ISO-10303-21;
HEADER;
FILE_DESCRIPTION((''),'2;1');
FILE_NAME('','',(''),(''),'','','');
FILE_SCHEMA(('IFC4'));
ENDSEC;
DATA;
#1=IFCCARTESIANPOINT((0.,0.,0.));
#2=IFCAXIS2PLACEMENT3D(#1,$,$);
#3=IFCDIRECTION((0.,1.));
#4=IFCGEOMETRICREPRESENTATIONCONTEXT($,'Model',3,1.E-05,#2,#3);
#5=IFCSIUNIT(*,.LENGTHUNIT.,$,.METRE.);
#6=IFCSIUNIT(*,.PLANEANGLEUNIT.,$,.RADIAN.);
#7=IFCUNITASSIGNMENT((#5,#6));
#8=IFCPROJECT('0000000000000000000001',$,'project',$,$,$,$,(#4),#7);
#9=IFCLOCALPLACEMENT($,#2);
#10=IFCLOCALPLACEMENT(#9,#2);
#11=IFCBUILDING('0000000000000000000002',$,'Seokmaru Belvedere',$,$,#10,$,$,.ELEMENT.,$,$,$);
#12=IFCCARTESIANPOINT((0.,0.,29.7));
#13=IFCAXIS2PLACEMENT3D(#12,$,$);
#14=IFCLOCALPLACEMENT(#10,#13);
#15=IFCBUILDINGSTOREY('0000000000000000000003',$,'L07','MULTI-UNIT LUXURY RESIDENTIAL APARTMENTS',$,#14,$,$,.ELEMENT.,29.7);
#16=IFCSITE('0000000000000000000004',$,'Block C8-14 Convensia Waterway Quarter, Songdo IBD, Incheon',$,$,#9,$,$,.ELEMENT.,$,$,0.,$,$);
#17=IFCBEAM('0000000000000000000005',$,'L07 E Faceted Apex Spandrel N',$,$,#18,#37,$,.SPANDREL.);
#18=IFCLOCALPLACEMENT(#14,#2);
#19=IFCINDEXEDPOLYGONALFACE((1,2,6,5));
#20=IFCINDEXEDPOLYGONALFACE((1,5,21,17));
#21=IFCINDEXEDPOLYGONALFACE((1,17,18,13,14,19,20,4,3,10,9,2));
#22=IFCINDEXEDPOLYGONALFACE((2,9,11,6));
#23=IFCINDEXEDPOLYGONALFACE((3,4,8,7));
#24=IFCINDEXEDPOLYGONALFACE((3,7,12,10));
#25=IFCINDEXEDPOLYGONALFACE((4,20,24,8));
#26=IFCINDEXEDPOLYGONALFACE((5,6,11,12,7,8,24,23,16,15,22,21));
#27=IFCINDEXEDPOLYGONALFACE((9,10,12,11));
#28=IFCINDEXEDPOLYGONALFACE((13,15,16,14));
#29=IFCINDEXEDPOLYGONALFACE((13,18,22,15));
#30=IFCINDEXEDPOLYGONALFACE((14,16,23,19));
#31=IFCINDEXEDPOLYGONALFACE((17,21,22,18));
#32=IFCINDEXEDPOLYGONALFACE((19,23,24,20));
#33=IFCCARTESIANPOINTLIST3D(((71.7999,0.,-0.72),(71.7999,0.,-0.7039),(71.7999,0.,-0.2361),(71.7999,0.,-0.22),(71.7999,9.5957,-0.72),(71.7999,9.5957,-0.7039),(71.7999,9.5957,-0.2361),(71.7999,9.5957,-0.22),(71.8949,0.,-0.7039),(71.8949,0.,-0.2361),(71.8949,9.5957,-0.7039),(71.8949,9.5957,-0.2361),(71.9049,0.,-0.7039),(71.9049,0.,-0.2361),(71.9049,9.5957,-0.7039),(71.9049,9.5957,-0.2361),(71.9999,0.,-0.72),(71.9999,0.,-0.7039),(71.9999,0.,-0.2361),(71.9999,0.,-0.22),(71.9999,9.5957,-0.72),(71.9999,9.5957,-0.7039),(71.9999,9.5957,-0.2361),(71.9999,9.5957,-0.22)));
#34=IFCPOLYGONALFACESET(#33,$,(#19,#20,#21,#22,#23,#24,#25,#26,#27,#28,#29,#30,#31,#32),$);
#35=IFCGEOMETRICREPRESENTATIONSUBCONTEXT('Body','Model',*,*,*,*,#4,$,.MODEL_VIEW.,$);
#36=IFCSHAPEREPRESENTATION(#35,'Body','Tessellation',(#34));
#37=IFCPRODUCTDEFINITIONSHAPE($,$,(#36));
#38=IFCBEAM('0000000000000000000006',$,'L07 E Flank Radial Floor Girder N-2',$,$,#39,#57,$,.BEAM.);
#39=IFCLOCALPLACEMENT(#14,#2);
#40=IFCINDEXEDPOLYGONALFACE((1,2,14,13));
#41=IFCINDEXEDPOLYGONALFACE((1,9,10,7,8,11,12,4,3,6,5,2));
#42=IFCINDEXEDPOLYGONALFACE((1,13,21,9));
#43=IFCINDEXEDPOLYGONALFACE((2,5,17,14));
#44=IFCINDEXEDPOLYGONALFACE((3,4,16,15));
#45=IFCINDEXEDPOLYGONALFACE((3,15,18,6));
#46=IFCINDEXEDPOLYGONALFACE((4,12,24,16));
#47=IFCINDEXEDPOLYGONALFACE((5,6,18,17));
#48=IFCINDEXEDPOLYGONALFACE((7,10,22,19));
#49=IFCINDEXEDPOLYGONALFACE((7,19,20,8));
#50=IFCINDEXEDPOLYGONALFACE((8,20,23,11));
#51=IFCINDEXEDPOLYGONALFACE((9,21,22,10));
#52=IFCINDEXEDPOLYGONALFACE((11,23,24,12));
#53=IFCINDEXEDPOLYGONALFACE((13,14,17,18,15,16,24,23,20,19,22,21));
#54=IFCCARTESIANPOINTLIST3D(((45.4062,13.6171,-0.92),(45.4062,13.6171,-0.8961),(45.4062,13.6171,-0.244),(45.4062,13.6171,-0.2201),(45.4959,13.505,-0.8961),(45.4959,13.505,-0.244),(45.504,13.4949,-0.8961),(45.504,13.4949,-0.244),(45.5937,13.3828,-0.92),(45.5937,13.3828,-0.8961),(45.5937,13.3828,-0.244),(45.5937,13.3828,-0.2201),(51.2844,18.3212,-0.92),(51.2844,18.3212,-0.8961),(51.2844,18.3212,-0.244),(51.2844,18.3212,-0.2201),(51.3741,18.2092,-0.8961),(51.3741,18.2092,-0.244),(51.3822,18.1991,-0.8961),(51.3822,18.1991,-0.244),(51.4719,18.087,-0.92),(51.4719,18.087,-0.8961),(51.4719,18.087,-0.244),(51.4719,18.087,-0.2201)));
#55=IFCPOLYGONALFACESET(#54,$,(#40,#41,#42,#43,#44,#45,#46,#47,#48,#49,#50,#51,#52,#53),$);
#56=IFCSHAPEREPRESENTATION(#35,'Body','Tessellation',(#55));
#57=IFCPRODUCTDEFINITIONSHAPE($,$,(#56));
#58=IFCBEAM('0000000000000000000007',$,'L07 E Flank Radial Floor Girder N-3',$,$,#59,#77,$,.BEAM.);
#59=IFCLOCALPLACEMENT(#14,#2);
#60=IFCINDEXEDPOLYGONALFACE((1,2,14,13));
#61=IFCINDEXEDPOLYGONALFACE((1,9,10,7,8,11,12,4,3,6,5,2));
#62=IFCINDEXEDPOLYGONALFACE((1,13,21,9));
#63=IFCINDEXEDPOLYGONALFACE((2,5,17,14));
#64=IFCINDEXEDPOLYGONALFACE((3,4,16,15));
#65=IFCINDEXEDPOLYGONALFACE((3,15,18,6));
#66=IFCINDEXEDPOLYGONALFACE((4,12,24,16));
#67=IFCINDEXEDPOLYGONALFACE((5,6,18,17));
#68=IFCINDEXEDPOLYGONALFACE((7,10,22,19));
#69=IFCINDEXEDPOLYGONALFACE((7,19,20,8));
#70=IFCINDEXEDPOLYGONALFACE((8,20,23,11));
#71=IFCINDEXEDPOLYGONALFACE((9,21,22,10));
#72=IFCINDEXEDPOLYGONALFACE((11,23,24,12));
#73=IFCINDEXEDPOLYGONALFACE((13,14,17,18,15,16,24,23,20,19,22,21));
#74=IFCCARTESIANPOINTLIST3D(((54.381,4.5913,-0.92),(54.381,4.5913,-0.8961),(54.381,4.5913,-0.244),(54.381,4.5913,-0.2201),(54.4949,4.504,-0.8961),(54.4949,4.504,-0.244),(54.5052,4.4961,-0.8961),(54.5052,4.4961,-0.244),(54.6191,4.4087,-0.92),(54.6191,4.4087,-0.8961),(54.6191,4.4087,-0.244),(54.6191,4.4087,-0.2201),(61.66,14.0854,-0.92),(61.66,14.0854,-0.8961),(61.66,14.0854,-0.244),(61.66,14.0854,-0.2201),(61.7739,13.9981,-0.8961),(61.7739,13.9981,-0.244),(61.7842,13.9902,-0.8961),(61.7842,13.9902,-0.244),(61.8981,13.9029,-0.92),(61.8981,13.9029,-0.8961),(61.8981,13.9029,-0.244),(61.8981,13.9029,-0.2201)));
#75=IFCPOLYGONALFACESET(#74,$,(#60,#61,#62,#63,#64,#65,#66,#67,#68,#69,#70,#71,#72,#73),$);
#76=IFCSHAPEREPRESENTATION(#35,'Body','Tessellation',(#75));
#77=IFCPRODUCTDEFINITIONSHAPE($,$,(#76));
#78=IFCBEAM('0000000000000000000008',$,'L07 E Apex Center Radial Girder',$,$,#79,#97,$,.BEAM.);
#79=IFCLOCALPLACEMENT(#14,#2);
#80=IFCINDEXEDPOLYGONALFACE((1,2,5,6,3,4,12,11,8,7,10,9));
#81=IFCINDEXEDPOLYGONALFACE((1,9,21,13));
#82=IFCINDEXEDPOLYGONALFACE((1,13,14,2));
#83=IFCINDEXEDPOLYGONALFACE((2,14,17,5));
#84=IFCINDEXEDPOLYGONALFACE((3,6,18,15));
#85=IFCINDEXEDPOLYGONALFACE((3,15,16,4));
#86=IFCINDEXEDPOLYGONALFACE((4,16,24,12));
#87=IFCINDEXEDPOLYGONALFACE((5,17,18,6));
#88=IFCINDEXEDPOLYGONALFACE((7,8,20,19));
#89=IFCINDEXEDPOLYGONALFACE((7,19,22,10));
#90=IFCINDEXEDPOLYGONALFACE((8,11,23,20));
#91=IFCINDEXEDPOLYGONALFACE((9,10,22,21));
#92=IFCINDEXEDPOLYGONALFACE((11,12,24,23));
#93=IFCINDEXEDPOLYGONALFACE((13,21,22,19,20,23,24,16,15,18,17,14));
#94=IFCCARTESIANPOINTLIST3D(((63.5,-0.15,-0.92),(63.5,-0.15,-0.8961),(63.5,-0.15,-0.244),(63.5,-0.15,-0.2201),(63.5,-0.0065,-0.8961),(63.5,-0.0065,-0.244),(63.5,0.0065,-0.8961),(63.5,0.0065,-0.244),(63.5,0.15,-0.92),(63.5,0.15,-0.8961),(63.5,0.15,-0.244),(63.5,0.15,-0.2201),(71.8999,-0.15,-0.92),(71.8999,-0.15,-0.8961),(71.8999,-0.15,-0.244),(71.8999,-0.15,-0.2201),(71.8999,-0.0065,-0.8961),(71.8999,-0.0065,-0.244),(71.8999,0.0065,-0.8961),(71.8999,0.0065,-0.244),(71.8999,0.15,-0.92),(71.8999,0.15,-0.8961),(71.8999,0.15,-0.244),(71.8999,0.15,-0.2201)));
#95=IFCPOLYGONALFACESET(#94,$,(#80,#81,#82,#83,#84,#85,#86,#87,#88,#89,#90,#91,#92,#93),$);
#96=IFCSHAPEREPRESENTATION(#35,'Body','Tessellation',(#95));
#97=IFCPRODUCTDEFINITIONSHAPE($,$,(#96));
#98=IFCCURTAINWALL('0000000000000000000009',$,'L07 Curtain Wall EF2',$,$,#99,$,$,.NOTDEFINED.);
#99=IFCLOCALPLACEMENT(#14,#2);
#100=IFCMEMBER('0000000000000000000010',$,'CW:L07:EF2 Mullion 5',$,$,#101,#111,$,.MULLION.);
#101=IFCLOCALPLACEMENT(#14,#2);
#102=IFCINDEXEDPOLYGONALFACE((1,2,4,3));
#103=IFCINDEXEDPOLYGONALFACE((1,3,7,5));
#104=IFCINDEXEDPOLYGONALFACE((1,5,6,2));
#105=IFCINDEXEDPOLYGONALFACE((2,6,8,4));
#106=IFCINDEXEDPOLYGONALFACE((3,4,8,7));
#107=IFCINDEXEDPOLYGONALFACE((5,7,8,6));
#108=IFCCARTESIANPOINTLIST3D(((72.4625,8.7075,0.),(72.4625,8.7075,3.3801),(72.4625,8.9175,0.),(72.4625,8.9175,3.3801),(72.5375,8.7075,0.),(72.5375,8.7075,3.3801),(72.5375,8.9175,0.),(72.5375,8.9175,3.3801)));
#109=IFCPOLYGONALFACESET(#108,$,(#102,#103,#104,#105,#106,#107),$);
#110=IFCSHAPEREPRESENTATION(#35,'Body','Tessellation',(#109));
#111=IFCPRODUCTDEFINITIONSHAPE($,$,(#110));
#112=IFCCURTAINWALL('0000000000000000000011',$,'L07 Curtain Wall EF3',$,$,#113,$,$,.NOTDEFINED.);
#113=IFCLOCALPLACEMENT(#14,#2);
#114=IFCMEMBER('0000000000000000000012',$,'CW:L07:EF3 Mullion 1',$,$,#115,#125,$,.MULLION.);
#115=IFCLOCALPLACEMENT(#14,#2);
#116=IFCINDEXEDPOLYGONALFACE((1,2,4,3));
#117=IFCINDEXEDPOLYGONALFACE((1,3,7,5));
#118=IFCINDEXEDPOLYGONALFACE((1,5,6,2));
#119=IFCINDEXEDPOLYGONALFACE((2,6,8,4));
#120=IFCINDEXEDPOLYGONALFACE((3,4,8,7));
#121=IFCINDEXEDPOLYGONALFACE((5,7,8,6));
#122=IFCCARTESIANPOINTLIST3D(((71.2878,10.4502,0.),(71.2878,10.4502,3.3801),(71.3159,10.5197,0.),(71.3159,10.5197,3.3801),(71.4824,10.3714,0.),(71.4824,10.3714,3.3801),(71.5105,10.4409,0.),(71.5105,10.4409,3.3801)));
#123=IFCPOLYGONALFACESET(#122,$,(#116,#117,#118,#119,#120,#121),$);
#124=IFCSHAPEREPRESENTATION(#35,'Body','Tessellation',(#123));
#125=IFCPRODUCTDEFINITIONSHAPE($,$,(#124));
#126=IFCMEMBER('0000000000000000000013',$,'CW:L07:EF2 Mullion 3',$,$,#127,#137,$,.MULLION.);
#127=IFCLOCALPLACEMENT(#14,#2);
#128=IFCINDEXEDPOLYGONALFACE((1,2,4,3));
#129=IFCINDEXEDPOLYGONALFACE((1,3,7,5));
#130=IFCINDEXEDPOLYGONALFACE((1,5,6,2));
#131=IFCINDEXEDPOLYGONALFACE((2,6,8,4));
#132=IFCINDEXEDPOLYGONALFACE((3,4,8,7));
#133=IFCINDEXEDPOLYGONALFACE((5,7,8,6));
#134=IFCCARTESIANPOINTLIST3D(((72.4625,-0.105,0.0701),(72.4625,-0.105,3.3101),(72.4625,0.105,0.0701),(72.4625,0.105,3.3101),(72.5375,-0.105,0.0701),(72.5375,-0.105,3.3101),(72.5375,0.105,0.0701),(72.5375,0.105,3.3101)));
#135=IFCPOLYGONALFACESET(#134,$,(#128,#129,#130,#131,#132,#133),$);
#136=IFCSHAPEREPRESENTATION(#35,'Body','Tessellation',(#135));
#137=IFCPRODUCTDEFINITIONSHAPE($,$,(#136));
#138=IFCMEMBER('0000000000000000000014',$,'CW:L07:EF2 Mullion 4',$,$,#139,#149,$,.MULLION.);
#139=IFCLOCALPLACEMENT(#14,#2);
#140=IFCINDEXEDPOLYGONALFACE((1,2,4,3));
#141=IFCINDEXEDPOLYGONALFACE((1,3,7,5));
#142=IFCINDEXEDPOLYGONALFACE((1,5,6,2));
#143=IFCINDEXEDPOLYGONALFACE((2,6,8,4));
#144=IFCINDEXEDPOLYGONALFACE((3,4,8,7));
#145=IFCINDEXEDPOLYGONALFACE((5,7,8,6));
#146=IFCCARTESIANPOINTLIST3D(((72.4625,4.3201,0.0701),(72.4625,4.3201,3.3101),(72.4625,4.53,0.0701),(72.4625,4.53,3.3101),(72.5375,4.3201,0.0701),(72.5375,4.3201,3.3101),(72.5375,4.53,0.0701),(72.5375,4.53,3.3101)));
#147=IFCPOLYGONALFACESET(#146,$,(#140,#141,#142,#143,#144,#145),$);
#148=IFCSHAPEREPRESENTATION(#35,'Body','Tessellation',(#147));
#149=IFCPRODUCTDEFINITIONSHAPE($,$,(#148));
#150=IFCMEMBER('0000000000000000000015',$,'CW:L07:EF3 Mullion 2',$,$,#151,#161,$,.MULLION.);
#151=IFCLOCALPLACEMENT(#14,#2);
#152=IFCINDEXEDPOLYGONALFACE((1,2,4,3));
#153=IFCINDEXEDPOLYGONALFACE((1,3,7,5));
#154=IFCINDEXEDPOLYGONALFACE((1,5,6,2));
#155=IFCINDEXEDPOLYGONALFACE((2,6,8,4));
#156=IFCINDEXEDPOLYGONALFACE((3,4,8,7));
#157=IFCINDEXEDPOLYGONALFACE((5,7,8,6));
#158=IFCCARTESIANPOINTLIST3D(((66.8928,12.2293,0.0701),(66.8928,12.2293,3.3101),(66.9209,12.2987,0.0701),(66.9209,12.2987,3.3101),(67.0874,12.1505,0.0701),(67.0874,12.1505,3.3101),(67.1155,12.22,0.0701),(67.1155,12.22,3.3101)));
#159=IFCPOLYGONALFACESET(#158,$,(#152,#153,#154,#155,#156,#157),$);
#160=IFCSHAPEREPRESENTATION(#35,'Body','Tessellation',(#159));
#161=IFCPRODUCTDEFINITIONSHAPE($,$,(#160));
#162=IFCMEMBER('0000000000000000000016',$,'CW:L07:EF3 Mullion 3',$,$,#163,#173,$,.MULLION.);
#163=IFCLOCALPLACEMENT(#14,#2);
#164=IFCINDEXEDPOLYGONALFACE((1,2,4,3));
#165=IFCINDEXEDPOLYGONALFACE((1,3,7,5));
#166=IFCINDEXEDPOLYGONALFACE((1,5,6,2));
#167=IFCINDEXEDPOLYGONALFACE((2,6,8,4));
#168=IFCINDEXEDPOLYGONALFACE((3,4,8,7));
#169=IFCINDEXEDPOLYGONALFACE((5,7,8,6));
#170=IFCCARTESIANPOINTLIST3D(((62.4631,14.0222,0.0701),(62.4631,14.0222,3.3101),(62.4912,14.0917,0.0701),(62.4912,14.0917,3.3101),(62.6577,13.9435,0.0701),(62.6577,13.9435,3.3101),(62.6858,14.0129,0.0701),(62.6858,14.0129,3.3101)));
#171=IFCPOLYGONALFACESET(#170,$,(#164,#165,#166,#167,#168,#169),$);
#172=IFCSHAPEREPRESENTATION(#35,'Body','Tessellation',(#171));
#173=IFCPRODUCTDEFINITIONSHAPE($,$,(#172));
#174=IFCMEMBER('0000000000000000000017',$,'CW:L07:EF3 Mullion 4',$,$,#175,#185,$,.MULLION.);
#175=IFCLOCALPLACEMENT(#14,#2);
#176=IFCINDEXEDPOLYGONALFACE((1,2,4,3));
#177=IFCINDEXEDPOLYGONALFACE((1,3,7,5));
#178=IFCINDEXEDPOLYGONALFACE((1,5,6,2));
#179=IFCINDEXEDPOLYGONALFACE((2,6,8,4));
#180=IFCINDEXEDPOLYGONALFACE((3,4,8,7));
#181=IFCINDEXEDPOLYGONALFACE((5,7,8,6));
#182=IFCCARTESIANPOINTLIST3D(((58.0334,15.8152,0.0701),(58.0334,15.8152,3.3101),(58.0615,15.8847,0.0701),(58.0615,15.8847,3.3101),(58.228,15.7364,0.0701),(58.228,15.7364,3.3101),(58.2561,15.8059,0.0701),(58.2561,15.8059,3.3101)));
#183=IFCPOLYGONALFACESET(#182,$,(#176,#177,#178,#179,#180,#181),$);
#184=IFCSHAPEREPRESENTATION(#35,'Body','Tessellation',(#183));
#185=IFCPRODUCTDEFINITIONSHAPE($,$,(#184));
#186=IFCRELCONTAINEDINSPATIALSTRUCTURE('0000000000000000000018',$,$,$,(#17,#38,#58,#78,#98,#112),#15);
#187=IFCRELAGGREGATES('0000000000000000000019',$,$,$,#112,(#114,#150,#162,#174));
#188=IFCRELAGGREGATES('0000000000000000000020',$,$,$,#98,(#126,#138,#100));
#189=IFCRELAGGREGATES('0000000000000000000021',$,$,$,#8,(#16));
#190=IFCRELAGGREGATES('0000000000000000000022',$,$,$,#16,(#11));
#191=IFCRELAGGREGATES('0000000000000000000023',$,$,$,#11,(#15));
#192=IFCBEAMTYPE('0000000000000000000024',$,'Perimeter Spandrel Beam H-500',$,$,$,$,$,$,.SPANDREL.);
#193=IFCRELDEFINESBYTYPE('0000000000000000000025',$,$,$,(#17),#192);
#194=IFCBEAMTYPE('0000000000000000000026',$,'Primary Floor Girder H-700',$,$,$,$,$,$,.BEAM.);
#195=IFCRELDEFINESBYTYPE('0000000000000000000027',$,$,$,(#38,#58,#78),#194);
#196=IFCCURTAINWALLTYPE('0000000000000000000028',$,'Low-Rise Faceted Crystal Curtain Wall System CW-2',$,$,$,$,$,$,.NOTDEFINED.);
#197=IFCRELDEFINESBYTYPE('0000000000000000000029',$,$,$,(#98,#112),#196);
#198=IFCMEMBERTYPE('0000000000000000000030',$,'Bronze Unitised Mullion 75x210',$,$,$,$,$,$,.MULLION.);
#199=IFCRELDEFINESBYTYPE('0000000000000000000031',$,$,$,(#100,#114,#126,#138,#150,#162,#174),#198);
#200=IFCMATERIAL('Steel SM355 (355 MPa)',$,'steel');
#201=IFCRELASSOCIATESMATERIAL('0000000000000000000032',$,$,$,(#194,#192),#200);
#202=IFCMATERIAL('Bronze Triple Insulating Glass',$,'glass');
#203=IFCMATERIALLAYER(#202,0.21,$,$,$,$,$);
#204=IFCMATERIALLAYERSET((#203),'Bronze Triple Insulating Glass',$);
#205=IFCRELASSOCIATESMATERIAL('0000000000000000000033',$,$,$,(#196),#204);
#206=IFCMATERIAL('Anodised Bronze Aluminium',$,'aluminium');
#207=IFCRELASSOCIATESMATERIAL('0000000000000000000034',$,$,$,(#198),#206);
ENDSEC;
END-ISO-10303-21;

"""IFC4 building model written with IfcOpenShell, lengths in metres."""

from ifc_helpers import new_model, si_unit, direction, frame, origin, origin_2d, place, context, subcontext, project, spatial, rectangle, i_section, extrude, source, transform, mapped, material, layer, layer_set, material_profile, profile_set, type_object, type_shapes, element, aggregate, save


model = new_model("IFC4")

# Units and contexts
model_context = context("Model", 3, precision=1e-05, world=origin(), true_north=direction((0.0, 1.0)))
body_context = subcontext(model_context, "Body", "Model", "MODEL_VIEW")
ifc_project = project(units=[si_unit("LENGTHUNIT", "METRE"), si_unit("PLANEANGLEUNIT", "RADIAN")], contexts=[model_context])

# Site, building, storey
site_placement = place(None, origin())
site = spatial("IfcSite", under=ifc_project, at=site_placement, Name="Block C8-14 Convensia Waterway Quarter, Songdo IBD, Incheon", CompositionType="ELEMENT", RefElevation=0.0)
building_placement = place(site_placement, origin())
building = spatial("IfcBuilding", under=site, at=building_placement, Name="Seokmaru Belvedere", CompositionType="ELEMENT")
storey_placement = place(building_placement, frame((0.0, 0.0, 29.7)))
storey = spatial("IfcBuildingStorey", under=building, at=storey_placement, Name="L07", Description="MULTI-UNIT LUXURY RESIDENTIAL APARTMENTS", CompositionType="ELEMENT", Elevation=29.7)

# Shared definitions
ifc_material_1 = material(Name="Steel SM355 (355 MPa)", Category="steel")

# Beams
ifc_material_profile_1 = material_profile(ifc_material_1, i_section(OverallWidth=0.3, OverallDepth=0.7, WebThickness=0.0129, FlangeThickness=0.0239, at=origin_2d()), Name="H-700x300x13x24")
ifc_profile_set_1 = profile_set([ifc_material_profile_1], Name="Steel SM355 (355 MPa)")
beam_type_1 = type_object("IfcBeamType", Name="Primary Floor Girder H-700", PredefinedType="BEAM", material=ifc_profile_set_1)
ifc_material_profile_2 = material_profile(ifc_material_1, i_section(OverallWidth=0.2, OverallDepth=0.5, WebThickness=0.01, FlangeThickness=0.0161, at=origin_2d()), Name="H-500x200x10x16")
ifc_profile_set_2 = profile_set([ifc_material_profile_2], Name="Steel SM355 (355 MPa)")
beam_type_2 = type_object("IfcBeamType", Name="Perimeter Spandrel Beam H-500", PredefinedType="SPANDREL", material=ifc_profile_set_2)
shared_shape_1 = source(origin(), body_context, "Body", "SweptSolid", [
    extrude(i_section(OverallWidth=0.2, OverallDepth=0.5, WebThickness=0.01, FlangeThickness=0.0161, at=origin_2d()), origin(), (0.0, 0.0, 1.0), 9.5957),
])
beam_1_placement = place(storey_placement, frame((71.8999, 0.0, -0.47), z_axis=(0.0, 1.0, 0.0), x_axis=(-1.0, 0.0, 0.0)))
element("IfcBeam", 1, at=beam_1_placement, inside=storey, type_object=beam_type_2, Name="L07 E Faceted Apex Spandrel N", PredefinedType="SPANDREL", context=body_context, shape_type="MappedRepresentation", body=[
    mapped(shared_shape_1, transform((0.0, 0.0, 0.0), scale=1.0)),
])
shared_shape_2 = source(origin(), body_context, "Body", "SweptSolid", [
    extrude(i_section(OverallWidth=0.3, OverallDepth=0.7, WebThickness=0.0129, FlangeThickness=0.0239, at=origin_2d()), origin(), (0.0, 0.0, 1.0), 7.5288),
])
beam_2_placement = place(storey_placement, frame((51.3782, 18.2041, -0.5701), z_axis=(-0.780768, -0.624822, 0.0), x_axis=(0.624822, -0.780768, 0.0)))
element("IfcBeam", 2, at=beam_2_placement, inside=storey, type_object=beam_type_1, Name="L07 E Flank Radial Floor Girder N-2", PredefinedType="BEAM", context=body_context, shape_type="MappedRepresentation", body=[
    mapped(shared_shape_2, transform((0.0, 0.0, 0.0), scale=1.0)),
])
shared_shape_3 = source(origin(), body_context, "Body", "SweptSolid", [
    extrude(i_section(OverallWidth=0.3, OverallDepth=0.7, WebThickness=0.0129, FlangeThickness=0.0239, at=origin_2d()), origin(), (0.0, 0.0, 1.0), 11.9634),
])
beam_3_placement = place(storey_placement, frame((61.7791, 13.9941, -0.5701), z_axis=(-0.608443, -0.793598, 0.0), x_axis=(0.793598, -0.608443, 0.0)))
element("IfcBeam", 3, at=beam_3_placement, inside=storey, type_object=beam_type_1, Name="L07 E Flank Radial Floor Girder N-3", PredefinedType="BEAM", context=body_context, shape_type="MappedRepresentation", body=[
    mapped(shared_shape_3, transform((0.0, 0.0, 0.0), scale=1.0)),
])
shared_shape_4 = source(origin(), body_context, "Body", "SweptSolid", [
    extrude(i_section(OverallWidth=0.3, OverallDepth=0.7, WebThickness=0.0129, FlangeThickness=0.0239, at=origin_2d()), origin(), (0.0, 0.0, 1.0), 8.3999),
])
beam_4_placement = place(storey_placement, frame((71.8999, 0.0, -0.5701), z_axis=(-1.0, 0.0, 0.0), x_axis=(0.0, -1.0, 0.0)))
element("IfcBeam", 4, at=beam_4_placement, inside=storey, type_object=beam_type_1, Name="L07 E Apex Center Radial Girder", PredefinedType="BEAM", context=body_context, shape_type="MappedRepresentation", body=[
    mapped(shared_shape_4, transform((0.0, 0.0, 0.0), scale=1.0)),
])

# Curtain walls, members
ifc_material_2 = material(Name="Bronze Triple Insulating Glass", Category="glass")
ifc_layer_1 = layer(ifc_material_2, 0.21)
ifc_layer_set_1 = layer_set([ifc_layer_1], Name="Bronze Triple Insulating Glass")
curtain_wall_type = type_object("IfcCurtainWallType", Name="Low-Rise Faceted Crystal Curtain Wall System CW-2", PredefinedType="NOTDEFINED", material=ifc_layer_set_1)
curtain_wall_1_placement = place(storey_placement, origin())
curtain_wall_1 = element("IfcCurtainWall", 5, at=curtain_wall_1_placement, inside=storey, type_object=curtain_wall_type, Name="L07 Curtain Wall EF2", PredefinedType="NOTDEFINED")
ifc_material_3 = material(Name="Anodised Bronze Aluminium", Category="aluminium")
ifc_material_profile_3 = material_profile(ifc_material_3, rectangle(XDim=0.075, YDim=0.21, at=origin_2d()), Name="CW-M-75x210")
ifc_profile_set_3 = profile_set([ifc_material_profile_3], Name="Anodised Bronze Aluminium")
member_type_1 = type_object("IfcMemberType", Name="Bronze Unitised Mullion 75x210", PredefinedType="MULLION", material=ifc_profile_set_3)
shared_shape_5 = source(origin(), body_context, "Body", "SweptSolid", [
    extrude(rectangle(XDim=0.075, YDim=0.21, at=origin_2d()), origin(), (0.0, 0.0, 1.0), 3.3801),
])
member_1_placement = place(storey_placement, frame((72.5, 8.8125, 0.0), z_axis=(0.0, 0.0, 1.0), x_axis=(-1.0, 0.0, 0.0)))
member_1 = element("IfcMember", 6, at=member_1_placement, type_object=member_type_1, Name="CW:L07:EF2 Mullion 5", PredefinedType="MULLION", context=body_context, shape_type="MappedRepresentation", body=[
    mapped(shared_shape_5, transform((0.0, 0.0, 0.0), scale=1.0)),
])
curtain_wall_2_placement = place(storey_placement, origin())
curtain_wall_2 = element("IfcCurtainWall", 7, at=curtain_wall_2_placement, inside=storey, type_object=curtain_wall_type, Name="L07 Curtain Wall EF3", PredefinedType="NOTDEFINED")
member_2_placement = place(storey_placement, frame((71.3992, 10.4456, 0.0), z_axis=(0.0, 0.0, 1.0), x_axis=(-0.375192, -0.926947, 0.0)))
member_2 = element("IfcMember", 8, at=member_2_placement, type_object=member_type_1, Name="CW:L07:EF3 Mullion 1", PredefinedType="MULLION", context=body_context, shape_type="MappedRepresentation", body=[
    mapped(shared_shape_5, transform((0.0, 0.0, 0.0), scale=1.0)),
])

# Members
shared_shape_6 = source(origin(), body_context, "Body", "SweptSolid", [
    extrude(rectangle(XDim=0.075, YDim=0.21, at=origin_2d()), origin(), (0.0, 0.0, 1.0), 3.24),
])
type_shapes(member_type_1, [shared_shape_5, shared_shape_6])
member_3_placement = place(storey_placement, frame((72.5, 0.0, 0.0701), z_axis=(0.0, 0.0, 1.0), x_axis=(-1.0, 0.0, 0.0)))
member_3 = element("IfcMember", 9, at=member_3_placement, type_object=member_type_1, Name="CW:L07:EF2 Mullion 3", PredefinedType="MULLION", context=body_context, shape_type="MappedRepresentation", body=[
    mapped(shared_shape_6, transform((0.0, 0.0, 0.0), scale=1.0)),
])
member_4_placement = place(storey_placement, frame((72.5, 4.425, 0.0701), z_axis=(0.0, 0.0, 1.0), x_axis=(-1.0, 0.0, 0.0)))
member_4 = element("IfcMember", 10, at=member_4_placement, type_object=member_type_1, Name="CW:L07:EF2 Mullion 4", PredefinedType="MULLION", context=body_context, shape_type="MappedRepresentation", body=[
    mapped(shared_shape_6, transform((0.0, 0.0, 0.0), scale=1.0)),
])
member_5_placement = place(storey_placement, frame((67.0042, 12.2246, 0.0701), z_axis=(0.0, 0.0, 1.0), x_axis=(-0.375192, -0.926947, 0.0)))
member_5 = element("IfcMember", 11, at=member_5_placement, type_object=member_type_1, Name="CW:L07:EF3 Mullion 2", PredefinedType="MULLION", context=body_context, shape_type="MappedRepresentation", body=[
    mapped(shared_shape_6, transform((0.0, 0.0, 0.0), scale=1.0)),
])
member_6_placement = place(storey_placement, frame((62.5745, 14.0176, 0.0701), z_axis=(0.0, 0.0, 1.0), x_axis=(-0.375192, -0.926947, 0.0)))
member_6 = element("IfcMember", 12, at=member_6_placement, type_object=member_type_1, Name="CW:L07:EF3 Mullion 3", PredefinedType="MULLION", context=body_context, shape_type="MappedRepresentation", body=[
    mapped(shared_shape_6, transform((0.0, 0.0, 0.0), scale=1.0)),
])
member_7_placement = place(storey_placement, frame((58.1448, 15.8105, 0.0701), z_axis=(0.0, 0.0, 1.0), x_axis=(-0.375192, -0.926947, 0.0)))
member_7 = element("IfcMember", 13, at=member_7_placement, type_object=member_type_1, Name="CW:L07:EF3 Mullion 4", PredefinedType="MULLION", context=body_context, shape_type="MappedRepresentation", body=[
    mapped(shared_shape_6, transform((0.0, 0.0, 0.0), scale=1.0)),
])

aggregate(curtain_wall_2, [member_2, member_5, member_6, member_7])
aggregate(curtain_wall_1, [member_3, member_4, member_1])

save(model, "model.ifc")
